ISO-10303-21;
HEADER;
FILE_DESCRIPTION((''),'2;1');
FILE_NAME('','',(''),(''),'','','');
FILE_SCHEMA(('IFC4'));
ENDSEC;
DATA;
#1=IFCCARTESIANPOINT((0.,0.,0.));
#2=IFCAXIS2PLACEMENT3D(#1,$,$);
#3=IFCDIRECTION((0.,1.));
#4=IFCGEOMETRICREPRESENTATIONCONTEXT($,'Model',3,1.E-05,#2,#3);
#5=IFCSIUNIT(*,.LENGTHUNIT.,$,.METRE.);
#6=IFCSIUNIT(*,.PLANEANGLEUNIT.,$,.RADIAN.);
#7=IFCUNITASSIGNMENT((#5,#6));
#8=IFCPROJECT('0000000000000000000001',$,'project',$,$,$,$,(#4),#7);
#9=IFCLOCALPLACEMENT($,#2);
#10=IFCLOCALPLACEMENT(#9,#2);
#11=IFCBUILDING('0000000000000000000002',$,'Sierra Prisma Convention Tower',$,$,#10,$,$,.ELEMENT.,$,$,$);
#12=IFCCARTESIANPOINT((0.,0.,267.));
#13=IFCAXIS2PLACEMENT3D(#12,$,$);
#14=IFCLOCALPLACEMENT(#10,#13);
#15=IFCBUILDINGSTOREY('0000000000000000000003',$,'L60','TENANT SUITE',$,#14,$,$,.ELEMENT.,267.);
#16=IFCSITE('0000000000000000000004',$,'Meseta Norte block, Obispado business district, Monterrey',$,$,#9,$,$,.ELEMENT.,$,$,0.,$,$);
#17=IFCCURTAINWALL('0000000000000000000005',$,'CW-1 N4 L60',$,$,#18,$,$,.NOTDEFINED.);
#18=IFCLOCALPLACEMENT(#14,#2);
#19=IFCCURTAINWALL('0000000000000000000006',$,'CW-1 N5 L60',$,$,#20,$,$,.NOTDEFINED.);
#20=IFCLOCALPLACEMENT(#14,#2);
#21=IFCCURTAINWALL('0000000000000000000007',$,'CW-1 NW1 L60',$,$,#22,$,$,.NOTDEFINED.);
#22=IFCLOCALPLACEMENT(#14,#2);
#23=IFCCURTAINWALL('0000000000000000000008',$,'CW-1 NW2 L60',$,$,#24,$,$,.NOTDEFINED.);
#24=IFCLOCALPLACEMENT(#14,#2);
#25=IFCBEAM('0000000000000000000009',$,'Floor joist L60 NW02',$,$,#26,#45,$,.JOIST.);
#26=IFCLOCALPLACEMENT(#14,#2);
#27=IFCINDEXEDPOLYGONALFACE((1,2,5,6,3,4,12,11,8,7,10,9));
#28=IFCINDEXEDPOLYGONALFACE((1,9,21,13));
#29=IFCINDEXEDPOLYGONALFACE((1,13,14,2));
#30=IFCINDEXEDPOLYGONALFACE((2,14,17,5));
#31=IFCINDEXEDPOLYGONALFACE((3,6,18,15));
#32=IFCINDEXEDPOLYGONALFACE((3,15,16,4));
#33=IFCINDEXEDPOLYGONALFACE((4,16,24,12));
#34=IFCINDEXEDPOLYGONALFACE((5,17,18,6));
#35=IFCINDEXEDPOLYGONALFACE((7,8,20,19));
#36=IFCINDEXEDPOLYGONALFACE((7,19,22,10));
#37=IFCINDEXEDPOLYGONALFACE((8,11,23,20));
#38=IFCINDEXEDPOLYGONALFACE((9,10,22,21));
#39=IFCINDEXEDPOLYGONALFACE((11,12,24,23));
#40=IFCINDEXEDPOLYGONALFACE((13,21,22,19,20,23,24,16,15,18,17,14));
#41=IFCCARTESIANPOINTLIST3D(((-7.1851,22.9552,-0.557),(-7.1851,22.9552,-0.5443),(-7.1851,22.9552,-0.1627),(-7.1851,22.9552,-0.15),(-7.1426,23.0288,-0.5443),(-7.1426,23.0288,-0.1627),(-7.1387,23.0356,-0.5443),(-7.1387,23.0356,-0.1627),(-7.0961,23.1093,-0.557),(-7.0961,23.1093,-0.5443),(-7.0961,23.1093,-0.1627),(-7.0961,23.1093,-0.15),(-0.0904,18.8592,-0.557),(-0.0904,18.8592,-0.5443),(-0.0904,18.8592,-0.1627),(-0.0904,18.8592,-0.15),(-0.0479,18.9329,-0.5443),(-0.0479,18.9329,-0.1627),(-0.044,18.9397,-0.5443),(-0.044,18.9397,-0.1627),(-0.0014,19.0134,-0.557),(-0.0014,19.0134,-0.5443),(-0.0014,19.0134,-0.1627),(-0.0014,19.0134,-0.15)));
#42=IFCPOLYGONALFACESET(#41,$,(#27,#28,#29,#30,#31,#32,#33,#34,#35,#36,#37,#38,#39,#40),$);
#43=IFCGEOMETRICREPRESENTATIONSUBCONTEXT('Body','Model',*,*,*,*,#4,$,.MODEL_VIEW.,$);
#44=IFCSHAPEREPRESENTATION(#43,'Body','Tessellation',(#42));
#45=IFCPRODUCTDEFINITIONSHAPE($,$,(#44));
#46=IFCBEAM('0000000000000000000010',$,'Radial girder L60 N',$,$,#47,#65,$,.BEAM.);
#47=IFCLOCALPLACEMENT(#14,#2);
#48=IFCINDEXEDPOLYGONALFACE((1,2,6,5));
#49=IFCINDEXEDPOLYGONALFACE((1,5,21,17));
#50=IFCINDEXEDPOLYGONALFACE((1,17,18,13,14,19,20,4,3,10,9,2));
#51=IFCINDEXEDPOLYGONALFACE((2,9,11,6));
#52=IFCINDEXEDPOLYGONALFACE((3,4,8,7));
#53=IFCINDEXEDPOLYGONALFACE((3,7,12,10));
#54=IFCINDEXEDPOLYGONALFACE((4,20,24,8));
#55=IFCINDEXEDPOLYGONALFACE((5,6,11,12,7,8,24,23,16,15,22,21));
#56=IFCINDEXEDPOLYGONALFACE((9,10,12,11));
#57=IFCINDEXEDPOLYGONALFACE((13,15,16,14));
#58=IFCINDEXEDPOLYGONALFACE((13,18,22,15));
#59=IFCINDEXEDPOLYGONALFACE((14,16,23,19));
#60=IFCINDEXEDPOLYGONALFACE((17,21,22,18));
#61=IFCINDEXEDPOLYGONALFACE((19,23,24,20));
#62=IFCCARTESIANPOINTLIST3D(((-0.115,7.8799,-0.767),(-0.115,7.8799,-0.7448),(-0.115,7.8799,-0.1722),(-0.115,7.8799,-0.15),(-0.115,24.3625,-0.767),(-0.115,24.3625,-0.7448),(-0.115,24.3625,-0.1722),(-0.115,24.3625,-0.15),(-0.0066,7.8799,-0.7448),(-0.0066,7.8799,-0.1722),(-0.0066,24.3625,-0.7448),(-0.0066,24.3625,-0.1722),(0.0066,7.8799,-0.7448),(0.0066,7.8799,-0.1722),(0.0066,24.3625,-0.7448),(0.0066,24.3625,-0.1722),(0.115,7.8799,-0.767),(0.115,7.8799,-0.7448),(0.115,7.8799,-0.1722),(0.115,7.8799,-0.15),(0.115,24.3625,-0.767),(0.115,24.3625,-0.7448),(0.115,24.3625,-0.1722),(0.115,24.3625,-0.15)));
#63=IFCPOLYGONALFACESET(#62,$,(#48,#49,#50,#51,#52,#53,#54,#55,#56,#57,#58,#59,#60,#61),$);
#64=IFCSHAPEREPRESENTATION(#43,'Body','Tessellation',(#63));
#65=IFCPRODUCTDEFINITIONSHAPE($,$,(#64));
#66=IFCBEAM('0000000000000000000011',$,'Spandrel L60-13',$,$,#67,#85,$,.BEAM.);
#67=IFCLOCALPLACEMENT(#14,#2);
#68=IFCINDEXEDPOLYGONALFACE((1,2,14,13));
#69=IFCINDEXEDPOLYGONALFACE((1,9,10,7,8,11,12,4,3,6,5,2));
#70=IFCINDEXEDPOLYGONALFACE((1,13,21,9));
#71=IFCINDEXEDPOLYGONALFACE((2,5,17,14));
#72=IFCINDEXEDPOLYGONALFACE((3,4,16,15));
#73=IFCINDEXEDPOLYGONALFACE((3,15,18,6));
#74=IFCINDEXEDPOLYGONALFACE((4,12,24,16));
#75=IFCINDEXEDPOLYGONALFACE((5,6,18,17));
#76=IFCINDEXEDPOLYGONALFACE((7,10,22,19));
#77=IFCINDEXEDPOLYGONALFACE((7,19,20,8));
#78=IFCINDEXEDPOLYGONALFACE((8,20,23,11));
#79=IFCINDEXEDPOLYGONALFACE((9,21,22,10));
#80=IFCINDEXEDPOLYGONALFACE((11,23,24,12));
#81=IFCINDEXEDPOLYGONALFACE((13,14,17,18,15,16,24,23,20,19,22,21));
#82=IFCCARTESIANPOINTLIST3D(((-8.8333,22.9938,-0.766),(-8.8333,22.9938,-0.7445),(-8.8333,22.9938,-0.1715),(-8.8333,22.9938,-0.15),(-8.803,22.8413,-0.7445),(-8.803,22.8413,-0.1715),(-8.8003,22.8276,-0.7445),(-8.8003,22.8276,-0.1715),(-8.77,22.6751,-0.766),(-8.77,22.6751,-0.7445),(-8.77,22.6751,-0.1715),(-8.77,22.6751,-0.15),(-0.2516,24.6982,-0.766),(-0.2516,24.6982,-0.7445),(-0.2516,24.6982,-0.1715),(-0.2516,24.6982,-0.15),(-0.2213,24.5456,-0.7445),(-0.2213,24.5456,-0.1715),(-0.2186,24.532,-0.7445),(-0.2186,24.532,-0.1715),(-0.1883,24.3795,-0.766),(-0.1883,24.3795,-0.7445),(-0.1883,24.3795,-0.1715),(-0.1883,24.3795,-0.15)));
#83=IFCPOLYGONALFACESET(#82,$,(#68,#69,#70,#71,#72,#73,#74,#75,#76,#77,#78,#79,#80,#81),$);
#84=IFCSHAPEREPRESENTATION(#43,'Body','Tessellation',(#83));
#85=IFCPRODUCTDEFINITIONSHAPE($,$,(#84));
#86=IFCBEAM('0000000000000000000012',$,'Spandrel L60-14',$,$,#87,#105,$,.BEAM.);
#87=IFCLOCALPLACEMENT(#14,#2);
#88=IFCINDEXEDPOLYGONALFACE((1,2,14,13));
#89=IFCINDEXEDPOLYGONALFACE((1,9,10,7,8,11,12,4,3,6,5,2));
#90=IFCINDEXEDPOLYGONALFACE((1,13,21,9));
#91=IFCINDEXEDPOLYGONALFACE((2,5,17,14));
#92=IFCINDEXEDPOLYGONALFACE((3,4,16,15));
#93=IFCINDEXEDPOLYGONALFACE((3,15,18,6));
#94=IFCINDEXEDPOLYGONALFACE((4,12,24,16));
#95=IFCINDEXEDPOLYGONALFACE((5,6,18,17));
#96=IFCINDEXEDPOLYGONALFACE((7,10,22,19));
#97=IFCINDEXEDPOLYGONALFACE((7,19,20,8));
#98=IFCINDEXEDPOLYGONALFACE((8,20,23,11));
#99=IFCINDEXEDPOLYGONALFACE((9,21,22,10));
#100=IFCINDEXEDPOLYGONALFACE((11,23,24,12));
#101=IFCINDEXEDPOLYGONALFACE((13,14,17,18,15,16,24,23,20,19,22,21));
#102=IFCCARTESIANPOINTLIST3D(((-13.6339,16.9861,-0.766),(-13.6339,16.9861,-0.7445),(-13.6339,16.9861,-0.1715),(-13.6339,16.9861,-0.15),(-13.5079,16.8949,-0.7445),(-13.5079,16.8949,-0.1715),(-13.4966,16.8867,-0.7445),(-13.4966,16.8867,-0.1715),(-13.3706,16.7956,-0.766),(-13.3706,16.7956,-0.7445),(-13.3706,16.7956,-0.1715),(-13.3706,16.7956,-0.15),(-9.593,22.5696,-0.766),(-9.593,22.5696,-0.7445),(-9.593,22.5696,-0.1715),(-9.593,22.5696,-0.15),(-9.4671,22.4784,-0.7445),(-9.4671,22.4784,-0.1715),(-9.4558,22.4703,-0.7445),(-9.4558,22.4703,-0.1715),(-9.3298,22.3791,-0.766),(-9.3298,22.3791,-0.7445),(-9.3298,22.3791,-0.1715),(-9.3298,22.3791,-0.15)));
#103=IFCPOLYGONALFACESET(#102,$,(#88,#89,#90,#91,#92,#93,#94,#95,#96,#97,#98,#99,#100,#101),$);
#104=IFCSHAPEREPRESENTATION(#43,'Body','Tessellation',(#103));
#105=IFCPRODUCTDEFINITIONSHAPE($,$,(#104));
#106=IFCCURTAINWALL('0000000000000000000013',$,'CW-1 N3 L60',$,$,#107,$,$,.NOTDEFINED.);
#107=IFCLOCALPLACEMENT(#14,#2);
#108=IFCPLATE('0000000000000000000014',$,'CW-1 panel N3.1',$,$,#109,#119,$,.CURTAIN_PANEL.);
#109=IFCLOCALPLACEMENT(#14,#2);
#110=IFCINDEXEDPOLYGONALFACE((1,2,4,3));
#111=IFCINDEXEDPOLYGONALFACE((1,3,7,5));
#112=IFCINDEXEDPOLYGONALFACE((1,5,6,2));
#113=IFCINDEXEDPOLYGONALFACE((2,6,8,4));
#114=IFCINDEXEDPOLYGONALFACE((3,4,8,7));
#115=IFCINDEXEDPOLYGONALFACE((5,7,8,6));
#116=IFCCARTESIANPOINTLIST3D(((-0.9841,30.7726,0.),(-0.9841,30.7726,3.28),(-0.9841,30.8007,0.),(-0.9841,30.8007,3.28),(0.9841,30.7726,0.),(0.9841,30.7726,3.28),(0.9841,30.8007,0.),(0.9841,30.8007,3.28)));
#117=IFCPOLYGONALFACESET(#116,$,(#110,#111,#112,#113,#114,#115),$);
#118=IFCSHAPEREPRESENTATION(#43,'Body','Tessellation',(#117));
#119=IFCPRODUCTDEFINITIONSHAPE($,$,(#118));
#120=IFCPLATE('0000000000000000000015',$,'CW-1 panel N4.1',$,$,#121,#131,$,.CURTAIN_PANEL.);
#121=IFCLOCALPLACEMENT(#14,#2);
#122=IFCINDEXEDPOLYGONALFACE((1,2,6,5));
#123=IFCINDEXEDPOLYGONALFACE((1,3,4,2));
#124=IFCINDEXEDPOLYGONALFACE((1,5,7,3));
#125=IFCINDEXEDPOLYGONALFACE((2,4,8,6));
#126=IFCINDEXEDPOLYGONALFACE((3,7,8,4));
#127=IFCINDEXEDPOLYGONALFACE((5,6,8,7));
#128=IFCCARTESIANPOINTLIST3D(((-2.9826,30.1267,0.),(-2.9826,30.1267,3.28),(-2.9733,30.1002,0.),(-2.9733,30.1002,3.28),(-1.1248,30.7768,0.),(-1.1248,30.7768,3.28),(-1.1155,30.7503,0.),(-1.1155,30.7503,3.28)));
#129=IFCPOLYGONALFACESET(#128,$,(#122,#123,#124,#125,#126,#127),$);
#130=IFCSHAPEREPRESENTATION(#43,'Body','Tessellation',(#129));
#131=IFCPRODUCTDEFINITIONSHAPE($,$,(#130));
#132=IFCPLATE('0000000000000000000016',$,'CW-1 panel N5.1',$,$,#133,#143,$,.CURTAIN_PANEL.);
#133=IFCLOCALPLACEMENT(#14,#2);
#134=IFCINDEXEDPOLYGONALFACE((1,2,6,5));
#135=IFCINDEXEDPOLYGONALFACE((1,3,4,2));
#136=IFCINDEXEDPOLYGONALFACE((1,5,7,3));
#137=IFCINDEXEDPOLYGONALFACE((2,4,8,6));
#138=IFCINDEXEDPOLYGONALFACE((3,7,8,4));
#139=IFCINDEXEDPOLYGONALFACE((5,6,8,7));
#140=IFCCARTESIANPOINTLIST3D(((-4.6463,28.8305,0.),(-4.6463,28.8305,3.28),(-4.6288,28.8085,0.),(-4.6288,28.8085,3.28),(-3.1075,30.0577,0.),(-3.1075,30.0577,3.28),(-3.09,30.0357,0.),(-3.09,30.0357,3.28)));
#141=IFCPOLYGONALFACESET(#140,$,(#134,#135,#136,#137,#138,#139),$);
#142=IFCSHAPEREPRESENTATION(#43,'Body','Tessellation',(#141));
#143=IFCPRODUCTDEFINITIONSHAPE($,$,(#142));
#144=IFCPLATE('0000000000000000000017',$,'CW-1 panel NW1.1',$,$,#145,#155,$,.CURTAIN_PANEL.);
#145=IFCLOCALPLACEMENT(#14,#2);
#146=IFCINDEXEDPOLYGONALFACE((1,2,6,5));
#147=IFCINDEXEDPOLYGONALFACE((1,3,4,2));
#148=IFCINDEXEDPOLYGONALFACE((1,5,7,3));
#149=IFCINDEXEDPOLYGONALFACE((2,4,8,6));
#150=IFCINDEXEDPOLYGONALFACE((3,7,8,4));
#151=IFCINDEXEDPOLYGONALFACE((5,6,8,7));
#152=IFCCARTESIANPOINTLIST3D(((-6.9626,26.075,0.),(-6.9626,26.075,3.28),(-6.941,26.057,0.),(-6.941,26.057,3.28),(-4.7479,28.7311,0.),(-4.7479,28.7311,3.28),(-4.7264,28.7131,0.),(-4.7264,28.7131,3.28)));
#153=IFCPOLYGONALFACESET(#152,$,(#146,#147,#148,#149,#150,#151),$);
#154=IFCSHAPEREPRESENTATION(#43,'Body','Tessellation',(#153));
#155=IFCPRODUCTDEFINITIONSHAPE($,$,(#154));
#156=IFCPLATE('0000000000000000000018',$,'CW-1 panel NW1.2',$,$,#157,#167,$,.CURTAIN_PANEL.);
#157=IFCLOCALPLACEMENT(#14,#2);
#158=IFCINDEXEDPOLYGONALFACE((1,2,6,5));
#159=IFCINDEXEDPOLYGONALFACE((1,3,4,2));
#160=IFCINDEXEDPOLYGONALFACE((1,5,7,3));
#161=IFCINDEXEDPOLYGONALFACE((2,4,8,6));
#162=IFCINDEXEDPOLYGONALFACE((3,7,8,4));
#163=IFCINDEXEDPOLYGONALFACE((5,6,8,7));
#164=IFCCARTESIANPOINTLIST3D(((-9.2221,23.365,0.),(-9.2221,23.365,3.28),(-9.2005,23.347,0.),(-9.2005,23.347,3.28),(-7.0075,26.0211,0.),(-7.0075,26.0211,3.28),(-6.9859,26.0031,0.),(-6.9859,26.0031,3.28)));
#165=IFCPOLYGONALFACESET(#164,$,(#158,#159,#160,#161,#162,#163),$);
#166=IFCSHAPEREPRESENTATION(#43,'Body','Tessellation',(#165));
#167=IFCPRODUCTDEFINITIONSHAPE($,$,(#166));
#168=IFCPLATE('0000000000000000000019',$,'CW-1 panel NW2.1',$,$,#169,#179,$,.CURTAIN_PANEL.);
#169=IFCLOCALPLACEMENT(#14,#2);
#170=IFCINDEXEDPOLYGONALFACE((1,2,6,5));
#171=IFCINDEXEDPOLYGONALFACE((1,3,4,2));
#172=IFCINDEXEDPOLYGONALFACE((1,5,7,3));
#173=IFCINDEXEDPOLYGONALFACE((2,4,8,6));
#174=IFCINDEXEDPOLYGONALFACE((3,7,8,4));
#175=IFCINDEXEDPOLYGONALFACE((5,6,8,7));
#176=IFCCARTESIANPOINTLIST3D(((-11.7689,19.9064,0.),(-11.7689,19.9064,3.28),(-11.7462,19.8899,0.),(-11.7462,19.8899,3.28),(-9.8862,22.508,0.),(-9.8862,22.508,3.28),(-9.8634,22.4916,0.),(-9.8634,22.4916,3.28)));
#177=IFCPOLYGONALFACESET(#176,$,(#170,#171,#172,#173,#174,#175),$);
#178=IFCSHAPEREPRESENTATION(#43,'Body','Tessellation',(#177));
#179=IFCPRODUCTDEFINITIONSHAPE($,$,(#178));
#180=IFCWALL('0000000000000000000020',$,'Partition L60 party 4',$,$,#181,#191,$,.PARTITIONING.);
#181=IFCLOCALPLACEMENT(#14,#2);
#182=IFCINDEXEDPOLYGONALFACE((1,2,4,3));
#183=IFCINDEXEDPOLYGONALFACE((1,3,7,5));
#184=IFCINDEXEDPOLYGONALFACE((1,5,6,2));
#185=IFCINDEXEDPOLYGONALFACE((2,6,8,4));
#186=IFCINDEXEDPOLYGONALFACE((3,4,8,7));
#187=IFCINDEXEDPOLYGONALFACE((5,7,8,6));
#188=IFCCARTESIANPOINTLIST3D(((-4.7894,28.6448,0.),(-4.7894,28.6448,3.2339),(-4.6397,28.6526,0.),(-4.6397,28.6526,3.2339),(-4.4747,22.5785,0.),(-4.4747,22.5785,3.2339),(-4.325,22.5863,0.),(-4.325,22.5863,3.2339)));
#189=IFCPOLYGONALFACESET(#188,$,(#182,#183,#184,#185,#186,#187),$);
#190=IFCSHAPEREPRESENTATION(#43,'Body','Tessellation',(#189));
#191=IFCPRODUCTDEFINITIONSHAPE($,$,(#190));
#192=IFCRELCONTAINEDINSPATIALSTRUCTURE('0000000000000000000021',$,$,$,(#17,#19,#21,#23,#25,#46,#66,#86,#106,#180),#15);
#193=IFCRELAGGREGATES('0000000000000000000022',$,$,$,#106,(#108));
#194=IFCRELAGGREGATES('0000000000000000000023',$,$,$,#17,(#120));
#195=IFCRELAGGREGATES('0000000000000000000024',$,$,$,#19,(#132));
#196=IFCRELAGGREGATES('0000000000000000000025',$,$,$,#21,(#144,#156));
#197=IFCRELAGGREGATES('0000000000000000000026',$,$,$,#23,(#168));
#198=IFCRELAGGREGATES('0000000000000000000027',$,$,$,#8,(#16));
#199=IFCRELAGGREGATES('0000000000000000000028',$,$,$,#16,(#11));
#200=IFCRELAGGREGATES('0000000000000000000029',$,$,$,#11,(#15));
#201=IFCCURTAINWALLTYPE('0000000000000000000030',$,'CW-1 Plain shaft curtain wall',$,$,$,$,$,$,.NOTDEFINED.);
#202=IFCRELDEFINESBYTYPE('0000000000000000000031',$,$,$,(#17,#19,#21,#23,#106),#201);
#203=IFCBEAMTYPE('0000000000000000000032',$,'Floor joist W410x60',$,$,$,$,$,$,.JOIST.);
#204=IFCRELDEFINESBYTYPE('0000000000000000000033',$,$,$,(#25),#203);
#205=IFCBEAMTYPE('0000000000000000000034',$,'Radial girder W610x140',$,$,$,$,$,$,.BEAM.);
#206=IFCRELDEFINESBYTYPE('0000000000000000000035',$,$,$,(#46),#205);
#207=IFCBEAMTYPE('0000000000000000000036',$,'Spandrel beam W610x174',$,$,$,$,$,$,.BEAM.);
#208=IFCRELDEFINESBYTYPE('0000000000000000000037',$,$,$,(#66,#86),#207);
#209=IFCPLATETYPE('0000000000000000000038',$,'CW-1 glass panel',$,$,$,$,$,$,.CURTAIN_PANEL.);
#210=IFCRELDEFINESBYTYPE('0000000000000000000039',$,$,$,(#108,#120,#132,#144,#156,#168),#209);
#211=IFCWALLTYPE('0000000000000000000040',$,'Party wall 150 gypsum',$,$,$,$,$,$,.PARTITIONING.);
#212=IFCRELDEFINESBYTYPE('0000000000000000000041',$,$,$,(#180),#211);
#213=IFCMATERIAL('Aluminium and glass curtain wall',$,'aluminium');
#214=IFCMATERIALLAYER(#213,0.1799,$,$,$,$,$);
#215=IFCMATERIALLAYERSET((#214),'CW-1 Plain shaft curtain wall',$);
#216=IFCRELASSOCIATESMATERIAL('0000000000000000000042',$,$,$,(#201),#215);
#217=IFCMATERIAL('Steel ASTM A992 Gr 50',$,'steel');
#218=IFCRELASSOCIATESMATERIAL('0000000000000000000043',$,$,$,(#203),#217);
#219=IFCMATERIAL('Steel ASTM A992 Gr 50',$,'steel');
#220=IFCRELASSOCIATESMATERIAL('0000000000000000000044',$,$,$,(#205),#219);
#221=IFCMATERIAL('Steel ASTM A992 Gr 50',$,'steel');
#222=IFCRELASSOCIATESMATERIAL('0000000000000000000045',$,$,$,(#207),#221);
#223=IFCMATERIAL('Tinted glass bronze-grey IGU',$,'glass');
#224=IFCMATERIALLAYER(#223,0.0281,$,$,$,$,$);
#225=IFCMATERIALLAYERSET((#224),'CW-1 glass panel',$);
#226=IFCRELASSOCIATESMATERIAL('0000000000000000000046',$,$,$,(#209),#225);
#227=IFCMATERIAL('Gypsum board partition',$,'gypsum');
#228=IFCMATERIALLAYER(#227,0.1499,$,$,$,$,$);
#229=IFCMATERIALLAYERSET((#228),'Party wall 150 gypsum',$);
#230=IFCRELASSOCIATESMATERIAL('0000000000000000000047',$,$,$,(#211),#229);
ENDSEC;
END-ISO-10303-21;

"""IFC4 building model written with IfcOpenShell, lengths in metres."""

from ifc_helpers import new_model, si_unit, direction, frame, frame_2d, origin, origin_2d, place, context, subcontext, project, spatial, rectangle, i_section, extrude, material, layer, layer_set, material_profile, profile_set, type_object, element, aggregate, save


model = new_model("IFC4")

# Units and contexts
model_context = context("Model", 3, precision=1e-05, world=origin(), true_north=direction((0.0, 1.0)))
body_context = subcontext(model_context, "Body", "Model", "MODEL_VIEW")
ifc_project = project(units=[si_unit("LENGTHUNIT", "METRE"), si_unit("PLANEANGLEUNIT", "RADIAN")], contexts=[model_context])

# Site, building, storey
site_placement = place(None, origin())
site = spatial("IfcSite", under=ifc_project, at=site_placement, Name="Meseta Norte block, Obispado business district, Monterrey", CompositionType="ELEMENT", RefElevation=0.0)
building_placement = place(site_placement, origin())
building = spatial("IfcBuilding", under=site, at=building_placement, Name="Sierra Prisma Convention Tower", CompositionType="ELEMENT")
storey_placement = place(building_placement, frame((0.0, 0.0, 267.0)))
storey = spatial("IfcBuildingStorey", under=building, at=storey_placement, Name="L60", Description="TENANT SUITE", CompositionType="ELEMENT", Elevation=267.0)

# Curtain walls
ifc_material_1 = material(Name="Aluminium and glass curtain wall", Category="aluminium")
ifc_layer_1 = layer(ifc_material_1, 0.1799)
ifc_layer_set_1 = layer_set([ifc_layer_1], Name="CW-1 Plain shaft curtain wall")
curtain_wall_type = type_object("IfcCurtainWallType", Name="CW-1 Plain shaft curtain wall", PredefinedType="NOTDEFINED", material=ifc_layer_set_1)
curtain_wall_1_placement = place(storey_placement, origin())
curtain_wall_1 = element("IfcCurtainWall", 1, at=curtain_wall_1_placement, inside=storey, type_object=curtain_wall_type, Name="CW-1 N4 L60", PredefinedType="NOTDEFINED")
curtain_wall_2_placement = place(storey_placement, origin())
curtain_wall_2 = element("IfcCurtainWall", 2, at=curtain_wall_2_placement, inside=storey, type_object=curtain_wall_type, Name="CW-1 N5 L60", PredefinedType="NOTDEFINED")

# Curtain wall
curtain_wall_3_placement = place(storey_placement, origin())
curtain_wall_3 = element("IfcCurtainWall", 3, at=curtain_wall_3_placement, inside=storey, type_object=curtain_wall_type, Name="CW-1 NW1 L60", PredefinedType="NOTDEFINED")

# Curtain wall
curtain_wall_4_placement = place(storey_placement, origin())
curtain_wall_4 = element("IfcCurtainWall", 4, at=curtain_wall_4_placement, inside=storey, type_object=curtain_wall_type, Name="CW-1 NW2 L60", PredefinedType="NOTDEFINED")

# Beams
ifc_material_2 = material(Name="Steel ASTM A992 Gr 50", Category="steel")
ifc_material_profile_1 = material_profile(ifc_material_2, i_section(OverallWidth=0.178, OverallDepth=0.407, WebThickness=0.0078, FlangeThickness=0.0127, at=origin_2d()), Name="W410x60")
ifc_profile_set_1 = profile_set([ifc_material_profile_1], Name="Steel ASTM A992 Gr 50")
beam_type_1 = type_object("IfcBeamType", Name="Floor joist W410x60", PredefinedType="JOIST", material=ifc_profile_set_1)
beam_1_placement = place(storey_placement, frame((-7.1406, 23.0322, -0.3535), z_axis=(0.866036, -0.499982, 0.0), x_axis=(0.499982, 0.866036, 0.0)))
element("IfcBeam", 5, at=beam_1_placement, inside=storey, type_object=beam_type_1, Name="Floor joist L60 NW02", PredefinedType="JOIST", context=body_context, shape_type="SweptSolid", body=[
    extrude(i_section(OverallWidth=0.178, OverallDepth=0.407, WebThickness=0.0078, FlangeThickness=0.0127, at=origin_2d()), origin(), (0.0, 0.0, 1.0), 8.1921),
])
ifc_material_3 = material(Name="Steel ASTM A992 Gr 50", Category="steel")
ifc_material_profile_2 = material_profile(ifc_material_3, i_section(OverallWidth=0.23, OverallDepth=0.6169, WebThickness=0.0132, FlangeThickness=0.0222, at=origin_2d()), Name="W610x140")
ifc_profile_set_2 = profile_set([ifc_material_profile_2], Name="Steel ASTM A992 Gr 50")
beam_type_2 = type_object("IfcBeamType", Name="Radial girder W610x140", PredefinedType="BEAM", material=ifc_profile_set_2)
beam_2_placement = place(storey_placement, frame((0.0, 24.3625, -0.4585), z_axis=(0.0, -1.0, 0.0), x_axis=(1.0, 0.0, 0.0)))
element("IfcBeam", 6, at=beam_2_placement, inside=storey, type_object=beam_type_2, Name="Radial girder L60 N", PredefinedType="BEAM", context=body_context, shape_type="SweptSolid", body=[
    extrude(i_section(OverallWidth=0.23, OverallDepth=0.6169, WebThickness=0.0132, FlangeThickness=0.0222, at=origin_2d()), origin(), (0.0, 0.0, 1.0), 16.4827),
])
ifc_material_4 = material(Name="Steel ASTM A992 Gr 50", Category="steel")
ifc_material_profile_3 = material_profile(ifc_material_4, i_section(OverallWidth=0.325, OverallDepth=0.616, WebThickness=0.0139, FlangeThickness=0.0215, at=origin_2d()), Name="W610x174")
ifc_profile_set_3 = profile_set([ifc_material_profile_3], Name="Steel ASTM A992 Gr 50")
beam_type_3 = type_object("IfcBeamType", Name="Spandrel beam W610x174", PredefinedType="BEAM", material=ifc_profile_set_3)
beam_3_placement = place(storey_placement, frame((-0.22, 24.5388, -0.458), z_axis=(-0.980843, -0.194801, 0.0), x_axis=(0.194801, -0.980843, 0.0)))
element("IfcBeam", 7, at=beam_3_placement, inside=storey, type_object=beam_type_3, Name="Spandrel L60-13", PredefinedType="BEAM", context=body_context, shape_type="SweptSolid", body=[
    extrude(i_section(OverallWidth=0.325, OverallDepth=0.616, WebThickness=0.0139, FlangeThickness=0.0215, at=origin_2d()), origin(), (0.0, 0.0, 1.0), 8.7493),
])
beam_4_placement = place(storey_placement, frame((-9.4614, 22.4744, -0.458), z_axis=(-0.586277, -0.810111, 0.0), x_axis=(0.810111, -0.586277, 0.0)))
element("IfcBeam", 8, at=beam_4_placement, inside=storey, type_object=beam_type_3, Name="Spandrel L60-14", PredefinedType="BEAM", context=body_context, shape_type="SweptSolid", body=[
    extrude(i_section(OverallWidth=0.325, OverallDepth=0.616, WebThickness=0.0139, FlangeThickness=0.0215, at=origin_2d()), origin(), (0.0, 0.0, 1.0), 6.8923),
])

# Curtain wall, plate
curtain_wall_5_placement = place(storey_placement, origin())
curtain_wall_5 = element("IfcCurtainWall", 9, at=curtain_wall_5_placement, inside=storey, type_object=curtain_wall_type, Name="CW-1 N3 L60", PredefinedType="NOTDEFINED")
ifc_material_5 = material(Name="Tinted glass bronze-grey IGU", Category="glass")
ifc_layer_2 = layer(ifc_material_5, 0.0281)
ifc_layer_set_2 = layer_set([ifc_layer_2], Name="CW-1 glass panel")
plate_type = type_object("IfcPlateType", Name="CW-1 glass panel", PredefinedType="CURTAIN_PANEL", material=ifc_layer_set_2)
plate_1_placement = place(storey_placement, frame((0.0, 30.7866, 0.0), z_axis=(0.0, 0.0, 1.0), x_axis=(-1.0, 0.0, 0.0)))
plate_1 = element("IfcPlate", 10, at=plate_1_placement, type_object=plate_type, Name="CW-1 panel N3.1", PredefinedType="CURTAIN_PANEL", context=body_context, shape_type="SweptSolid", body=[
    extrude(rectangle(XDim=1.9683, YDim=0.0281, at=origin_2d()), origin(), (0.0, 0.0, 1.0), 3.28),
])
aggregate(curtain_wall_5, [plate_1])

# Plates
plate_2_placement = place(storey_placement, frame((-2.0491, 30.4385, 0.0), z_axis=(0.0, 0.0, 1.0), x_axis=(-0.943882, -0.330282, 0.0)))
plate_2 = element("IfcPlate", 11, at=plate_2_placement, type_object=plate_type, Name="CW-1 panel N4.1", PredefinedType="CURTAIN_PANEL", context=body_context, shape_type="SweptSolid", body=[
    extrude(rectangle(XDim=1.9683, YDim=0.0281, at=origin_2d()), origin(), (0.0, 0.0, 1.0), 3.28),
])
aggregate(curtain_wall_1, [plate_2])
plate_3_placement = place(storey_placement, frame((-3.8682, 29.4331, 0.0), z_axis=(0.0, 0.0, 1.0), x_axis=(-0.781828, -0.623494, 0.0)))
plate_3 = element("IfcPlate", 12, at=plate_3_placement, type_object=plate_type, Name="CW-1 panel N5.1", PredefinedType="CURTAIN_PANEL", context=body_context, shape_type="SweptSolid", body=[
    extrude(rectangle(XDim=1.9683, YDim=0.0281, at=origin_2d()), origin(), (0.0, 0.0, 1.0), 3.28),
])
aggregate(curtain_wall_2, [plate_3])
plate_4_placement = place(storey_placement, frame((-5.8445, 27.394, 0.0), z_axis=(0.0, 0.0, 1.0), x_axis=(-0.640393, -0.768048, 0.0)))
plate_4 = element("IfcPlate", 13, at=plate_4_placement, type_object=plate_type, Name="CW-1 panel NW1.1", PredefinedType="CURTAIN_PANEL", context=body_context, shape_type="SweptSolid", body=[
    extrude(rectangle(XDim=3.4583, YDim=0.0281, at=origin_2d()), origin(), (0.0, 0.0, 1.0), 3.28),
])
plate_5_placement = place(storey_placement, frame((-8.104, 24.6841, 0.0), z_axis=(0.0, 0.0, 1.0), x_axis=(-0.640393, -0.768048, 0.0)))
plate_5 = element("IfcPlate", 14, at=plate_5_placement, type_object=plate_type, Name="CW-1 panel NW1.2", PredefinedType="CURTAIN_PANEL", context=body_context, shape_type="SweptSolid", body=[
    extrude(rectangle(XDim=3.4583, YDim=0.0281, at=origin_2d()), origin(), (0.0, 0.0, 1.0), 3.28),
])
aggregate(curtain_wall_3, [plate_4, plate_5])
plate_6_placement = place(storey_placement, frame((-10.8162, 21.199, 0.0), z_axis=(0.0, 0.0, 1.0), x_axis=(-0.586269, -0.810117, 0.0)))
plate_6 = element("IfcPlate", 15, at=plate_6_placement, type_object=plate_type, Name="CW-1 panel NW2.1", PredefinedType="CURTAIN_PANEL", context=body_context, shape_type="SweptSolid", body=[
    extrude(rectangle(XDim=3.2114, YDim=0.0281, at=origin_2d()), origin(), (0.0, 0.0, 1.0), 3.28),
])
aggregate(curtain_wall_4, [plate_6])

# Wall
ifc_material_6 = material(Name="Gypsum board partition", Category="gypsum")
ifc_layer_3 = layer(ifc_material_6, 0.1499)
ifc_layer_set_3 = layer_set([ifc_layer_3], Name="Party wall 150 gypsum")
wall_type = type_object("IfcWallType", Name="Party wall 150 gypsum", PredefinedType="PARTITIONING", material=ifc_layer_set_3)
wall_placement = place(storey_placement, frame((-4.3999, 22.5825, 0.0), z_axis=(0.0, 0.0, 1.0), x_axis=(-0.051806, 0.998657, 0.0)))
element("IfcWall", 16, at=wall_placement, inside=storey, type_object=wall_type, Name="Partition L60 party 4", PredefinedType="PARTITIONING", context=body_context, shape_type="SweptSolid", body=[
    extrude(rectangle(XDim=6.0745, YDim=0.1499, at=frame_2d((3.0371, 0.0))), origin(), (0.0, 0.0, 1.0), 3.2339),
])

save(model, "model.ifc")
